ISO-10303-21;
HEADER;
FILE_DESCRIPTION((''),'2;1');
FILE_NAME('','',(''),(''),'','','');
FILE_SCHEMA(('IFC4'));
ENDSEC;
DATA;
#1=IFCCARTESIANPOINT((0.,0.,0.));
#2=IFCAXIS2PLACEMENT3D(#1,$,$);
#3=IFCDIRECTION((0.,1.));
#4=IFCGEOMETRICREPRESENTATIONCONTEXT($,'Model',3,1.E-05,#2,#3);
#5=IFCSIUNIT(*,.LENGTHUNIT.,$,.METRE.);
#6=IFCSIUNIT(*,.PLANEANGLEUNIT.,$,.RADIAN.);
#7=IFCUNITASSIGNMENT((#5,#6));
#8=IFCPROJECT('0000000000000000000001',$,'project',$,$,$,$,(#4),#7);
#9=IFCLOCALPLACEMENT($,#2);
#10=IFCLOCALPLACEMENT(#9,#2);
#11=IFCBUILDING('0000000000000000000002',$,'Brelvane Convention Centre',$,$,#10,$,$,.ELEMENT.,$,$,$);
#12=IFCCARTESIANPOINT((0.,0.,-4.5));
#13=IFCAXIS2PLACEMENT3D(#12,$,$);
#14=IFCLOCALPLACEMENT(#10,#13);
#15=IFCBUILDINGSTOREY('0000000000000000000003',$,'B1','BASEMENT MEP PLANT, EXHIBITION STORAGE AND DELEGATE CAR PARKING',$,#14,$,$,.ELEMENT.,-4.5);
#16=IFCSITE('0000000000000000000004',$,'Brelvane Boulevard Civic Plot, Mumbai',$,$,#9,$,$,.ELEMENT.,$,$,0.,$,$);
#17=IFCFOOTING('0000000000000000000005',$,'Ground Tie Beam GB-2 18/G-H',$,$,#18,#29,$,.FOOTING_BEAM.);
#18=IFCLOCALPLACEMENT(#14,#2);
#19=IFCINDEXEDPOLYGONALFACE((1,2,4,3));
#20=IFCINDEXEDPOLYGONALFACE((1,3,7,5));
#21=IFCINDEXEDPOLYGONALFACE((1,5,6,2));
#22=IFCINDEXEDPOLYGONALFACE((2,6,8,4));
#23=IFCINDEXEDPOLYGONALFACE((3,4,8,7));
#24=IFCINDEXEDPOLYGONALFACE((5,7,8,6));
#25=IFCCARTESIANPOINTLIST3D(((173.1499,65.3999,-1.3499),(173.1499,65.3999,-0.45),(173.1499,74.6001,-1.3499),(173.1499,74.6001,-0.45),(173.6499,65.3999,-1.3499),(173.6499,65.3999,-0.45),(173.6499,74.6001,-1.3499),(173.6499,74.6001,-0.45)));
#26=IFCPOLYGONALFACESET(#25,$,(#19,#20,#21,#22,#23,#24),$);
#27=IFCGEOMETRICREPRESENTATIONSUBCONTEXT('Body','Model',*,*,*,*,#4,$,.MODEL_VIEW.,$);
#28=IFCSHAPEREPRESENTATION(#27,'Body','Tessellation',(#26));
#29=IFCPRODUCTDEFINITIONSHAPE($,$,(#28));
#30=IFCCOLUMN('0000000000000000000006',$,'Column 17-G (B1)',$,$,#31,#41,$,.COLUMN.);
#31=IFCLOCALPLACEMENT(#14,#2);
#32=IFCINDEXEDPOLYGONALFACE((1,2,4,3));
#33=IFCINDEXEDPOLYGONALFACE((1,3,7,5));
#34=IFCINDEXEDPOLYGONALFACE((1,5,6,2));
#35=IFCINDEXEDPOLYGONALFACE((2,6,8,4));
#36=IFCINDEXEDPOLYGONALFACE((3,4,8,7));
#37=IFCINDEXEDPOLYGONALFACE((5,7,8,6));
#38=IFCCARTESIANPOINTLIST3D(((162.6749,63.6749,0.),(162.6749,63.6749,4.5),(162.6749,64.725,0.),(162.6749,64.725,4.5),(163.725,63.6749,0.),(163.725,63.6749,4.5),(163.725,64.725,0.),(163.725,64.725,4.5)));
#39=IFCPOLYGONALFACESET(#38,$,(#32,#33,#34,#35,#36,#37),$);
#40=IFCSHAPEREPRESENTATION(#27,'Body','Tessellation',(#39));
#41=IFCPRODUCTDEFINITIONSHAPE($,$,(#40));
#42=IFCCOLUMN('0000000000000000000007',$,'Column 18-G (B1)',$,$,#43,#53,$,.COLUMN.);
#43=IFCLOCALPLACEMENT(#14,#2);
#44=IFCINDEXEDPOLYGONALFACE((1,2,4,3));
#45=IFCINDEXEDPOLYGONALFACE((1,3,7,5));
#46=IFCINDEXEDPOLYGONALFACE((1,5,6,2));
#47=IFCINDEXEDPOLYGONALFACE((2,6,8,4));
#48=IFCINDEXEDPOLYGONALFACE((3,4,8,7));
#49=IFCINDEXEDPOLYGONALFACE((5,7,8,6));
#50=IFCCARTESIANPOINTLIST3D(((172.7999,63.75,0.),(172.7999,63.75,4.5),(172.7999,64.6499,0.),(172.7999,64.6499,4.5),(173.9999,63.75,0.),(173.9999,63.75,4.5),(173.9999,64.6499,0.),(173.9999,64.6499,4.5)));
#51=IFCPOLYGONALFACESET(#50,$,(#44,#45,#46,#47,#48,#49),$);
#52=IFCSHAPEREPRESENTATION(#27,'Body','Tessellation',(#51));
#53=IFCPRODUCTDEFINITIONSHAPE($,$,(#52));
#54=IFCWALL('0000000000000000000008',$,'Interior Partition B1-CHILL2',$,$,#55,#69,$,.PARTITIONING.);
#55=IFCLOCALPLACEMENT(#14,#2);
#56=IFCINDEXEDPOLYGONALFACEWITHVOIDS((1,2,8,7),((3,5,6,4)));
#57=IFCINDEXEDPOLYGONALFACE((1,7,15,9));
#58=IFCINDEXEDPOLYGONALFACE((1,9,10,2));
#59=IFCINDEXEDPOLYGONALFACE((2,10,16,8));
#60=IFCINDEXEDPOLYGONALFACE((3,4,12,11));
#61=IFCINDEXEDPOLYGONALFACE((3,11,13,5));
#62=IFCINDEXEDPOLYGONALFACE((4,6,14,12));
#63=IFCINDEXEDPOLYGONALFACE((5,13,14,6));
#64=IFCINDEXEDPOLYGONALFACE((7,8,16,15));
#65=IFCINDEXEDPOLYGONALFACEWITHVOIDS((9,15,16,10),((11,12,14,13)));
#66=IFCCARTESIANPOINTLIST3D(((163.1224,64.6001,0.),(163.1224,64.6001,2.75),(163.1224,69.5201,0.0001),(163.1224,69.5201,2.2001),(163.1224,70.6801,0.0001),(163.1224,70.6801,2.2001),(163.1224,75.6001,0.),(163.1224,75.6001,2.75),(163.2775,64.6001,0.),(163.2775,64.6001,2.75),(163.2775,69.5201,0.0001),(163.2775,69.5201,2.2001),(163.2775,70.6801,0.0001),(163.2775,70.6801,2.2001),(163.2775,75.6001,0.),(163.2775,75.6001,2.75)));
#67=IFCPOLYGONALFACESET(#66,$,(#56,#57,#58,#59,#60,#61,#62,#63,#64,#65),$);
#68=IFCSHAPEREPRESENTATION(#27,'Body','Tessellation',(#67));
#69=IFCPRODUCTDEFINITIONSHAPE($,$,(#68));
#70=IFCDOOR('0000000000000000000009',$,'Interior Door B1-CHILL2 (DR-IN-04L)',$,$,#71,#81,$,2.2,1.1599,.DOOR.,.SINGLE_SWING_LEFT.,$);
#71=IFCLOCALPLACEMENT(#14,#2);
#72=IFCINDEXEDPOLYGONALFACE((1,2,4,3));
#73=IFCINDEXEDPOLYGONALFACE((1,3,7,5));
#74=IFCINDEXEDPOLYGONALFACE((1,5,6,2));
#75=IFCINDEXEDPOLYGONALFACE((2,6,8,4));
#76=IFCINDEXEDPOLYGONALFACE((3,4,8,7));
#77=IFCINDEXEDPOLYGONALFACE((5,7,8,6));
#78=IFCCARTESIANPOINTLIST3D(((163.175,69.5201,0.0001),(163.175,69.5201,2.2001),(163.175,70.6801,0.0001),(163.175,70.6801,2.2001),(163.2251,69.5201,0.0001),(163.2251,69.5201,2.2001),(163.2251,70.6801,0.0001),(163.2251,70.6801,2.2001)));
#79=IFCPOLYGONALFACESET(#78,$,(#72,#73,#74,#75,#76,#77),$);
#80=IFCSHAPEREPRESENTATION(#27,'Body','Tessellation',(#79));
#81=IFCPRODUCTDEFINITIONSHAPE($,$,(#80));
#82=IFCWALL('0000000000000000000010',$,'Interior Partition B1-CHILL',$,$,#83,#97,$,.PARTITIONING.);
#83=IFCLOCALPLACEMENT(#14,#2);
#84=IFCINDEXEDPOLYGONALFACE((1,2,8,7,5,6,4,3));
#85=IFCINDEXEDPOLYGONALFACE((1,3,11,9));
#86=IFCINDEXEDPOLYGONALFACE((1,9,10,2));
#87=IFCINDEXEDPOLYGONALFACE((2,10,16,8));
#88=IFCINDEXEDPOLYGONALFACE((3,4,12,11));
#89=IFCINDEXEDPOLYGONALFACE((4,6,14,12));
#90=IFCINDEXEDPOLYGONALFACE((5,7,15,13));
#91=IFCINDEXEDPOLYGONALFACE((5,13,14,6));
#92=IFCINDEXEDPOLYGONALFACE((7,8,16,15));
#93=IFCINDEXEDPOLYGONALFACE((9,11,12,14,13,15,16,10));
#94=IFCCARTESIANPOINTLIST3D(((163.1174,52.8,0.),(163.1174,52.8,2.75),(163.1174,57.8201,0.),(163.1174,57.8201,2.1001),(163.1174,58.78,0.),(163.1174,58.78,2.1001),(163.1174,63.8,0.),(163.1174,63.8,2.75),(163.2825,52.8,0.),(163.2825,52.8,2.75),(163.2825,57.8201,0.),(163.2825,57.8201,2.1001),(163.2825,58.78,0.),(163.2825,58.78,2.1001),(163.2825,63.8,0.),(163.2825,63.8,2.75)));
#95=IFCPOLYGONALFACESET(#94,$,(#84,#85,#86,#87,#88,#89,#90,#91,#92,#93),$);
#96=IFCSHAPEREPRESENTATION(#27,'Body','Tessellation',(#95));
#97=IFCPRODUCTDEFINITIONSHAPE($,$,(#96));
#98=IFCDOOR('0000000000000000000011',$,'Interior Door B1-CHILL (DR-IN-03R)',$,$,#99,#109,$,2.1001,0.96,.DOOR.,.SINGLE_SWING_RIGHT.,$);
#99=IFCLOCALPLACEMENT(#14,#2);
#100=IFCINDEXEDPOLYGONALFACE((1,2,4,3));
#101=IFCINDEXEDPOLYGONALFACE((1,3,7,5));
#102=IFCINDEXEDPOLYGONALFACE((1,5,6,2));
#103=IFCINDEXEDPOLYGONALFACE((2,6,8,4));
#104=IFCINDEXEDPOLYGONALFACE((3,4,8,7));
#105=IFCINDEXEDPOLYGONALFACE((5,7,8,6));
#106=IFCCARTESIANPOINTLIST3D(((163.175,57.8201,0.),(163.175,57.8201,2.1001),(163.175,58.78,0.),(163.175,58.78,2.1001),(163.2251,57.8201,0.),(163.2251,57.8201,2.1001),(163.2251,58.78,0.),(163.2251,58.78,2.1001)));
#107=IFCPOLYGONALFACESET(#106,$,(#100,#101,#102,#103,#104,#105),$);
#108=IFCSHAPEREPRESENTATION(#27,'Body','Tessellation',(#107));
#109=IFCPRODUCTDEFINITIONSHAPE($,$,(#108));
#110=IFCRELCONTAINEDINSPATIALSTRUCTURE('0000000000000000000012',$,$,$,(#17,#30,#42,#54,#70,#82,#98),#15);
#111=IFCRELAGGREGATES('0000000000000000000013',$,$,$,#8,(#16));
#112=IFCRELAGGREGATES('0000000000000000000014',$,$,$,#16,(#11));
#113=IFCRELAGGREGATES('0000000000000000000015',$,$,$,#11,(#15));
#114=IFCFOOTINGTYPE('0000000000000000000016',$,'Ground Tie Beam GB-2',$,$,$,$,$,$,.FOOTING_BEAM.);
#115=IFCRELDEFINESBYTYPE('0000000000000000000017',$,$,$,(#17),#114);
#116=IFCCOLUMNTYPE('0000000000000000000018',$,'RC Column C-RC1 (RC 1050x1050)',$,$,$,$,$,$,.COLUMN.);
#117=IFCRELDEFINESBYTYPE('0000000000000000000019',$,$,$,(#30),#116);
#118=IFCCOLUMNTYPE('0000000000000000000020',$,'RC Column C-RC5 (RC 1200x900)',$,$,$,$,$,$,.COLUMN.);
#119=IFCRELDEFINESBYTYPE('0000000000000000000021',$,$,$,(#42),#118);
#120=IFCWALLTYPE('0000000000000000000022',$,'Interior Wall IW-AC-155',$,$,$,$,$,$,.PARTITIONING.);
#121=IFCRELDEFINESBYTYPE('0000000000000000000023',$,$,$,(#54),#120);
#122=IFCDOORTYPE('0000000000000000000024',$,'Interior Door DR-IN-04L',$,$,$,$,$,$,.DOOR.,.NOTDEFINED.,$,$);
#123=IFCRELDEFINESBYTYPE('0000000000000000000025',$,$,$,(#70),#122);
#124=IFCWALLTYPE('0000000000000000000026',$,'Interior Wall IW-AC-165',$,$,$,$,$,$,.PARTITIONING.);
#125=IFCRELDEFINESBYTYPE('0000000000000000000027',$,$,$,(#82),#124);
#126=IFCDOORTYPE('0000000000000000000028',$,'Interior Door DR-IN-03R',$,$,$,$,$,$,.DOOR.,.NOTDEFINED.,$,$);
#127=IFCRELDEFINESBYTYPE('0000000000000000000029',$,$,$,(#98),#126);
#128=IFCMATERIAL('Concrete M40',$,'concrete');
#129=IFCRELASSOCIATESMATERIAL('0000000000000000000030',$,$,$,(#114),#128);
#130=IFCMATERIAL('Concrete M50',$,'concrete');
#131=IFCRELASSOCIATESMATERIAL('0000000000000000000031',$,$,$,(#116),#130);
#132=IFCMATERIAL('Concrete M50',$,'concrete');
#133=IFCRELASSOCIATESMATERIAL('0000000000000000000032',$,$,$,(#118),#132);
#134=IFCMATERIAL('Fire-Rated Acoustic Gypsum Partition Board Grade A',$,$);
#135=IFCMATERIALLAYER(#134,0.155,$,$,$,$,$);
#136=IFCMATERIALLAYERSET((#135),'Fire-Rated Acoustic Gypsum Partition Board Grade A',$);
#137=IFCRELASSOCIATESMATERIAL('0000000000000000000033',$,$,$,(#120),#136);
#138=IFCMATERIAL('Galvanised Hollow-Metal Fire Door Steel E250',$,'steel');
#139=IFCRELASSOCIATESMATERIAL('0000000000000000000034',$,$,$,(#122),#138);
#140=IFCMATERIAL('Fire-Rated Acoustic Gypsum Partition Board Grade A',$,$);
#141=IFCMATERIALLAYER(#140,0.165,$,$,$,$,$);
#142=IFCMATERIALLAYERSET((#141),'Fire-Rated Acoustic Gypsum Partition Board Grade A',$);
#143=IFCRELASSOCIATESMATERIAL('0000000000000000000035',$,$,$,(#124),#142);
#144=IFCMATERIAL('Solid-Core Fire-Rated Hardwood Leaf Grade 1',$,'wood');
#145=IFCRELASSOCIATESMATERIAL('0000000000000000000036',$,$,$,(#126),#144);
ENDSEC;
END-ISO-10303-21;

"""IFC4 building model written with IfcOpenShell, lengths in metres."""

from ifc_helpers import new_model, si_unit, direction, frame, frame_2d, origin, origin_2d, place, context, subcontext, project, spatial, rectangle, extrude, material, layer, layer_set, material_profile, profile_set, type_object, element, fill, save


model = new_model("IFC4")

# Units and contexts
model_context = context("Model", 3, precision=1e-05, world=origin(), true_north=direction((0.0, 1.0)))
body_context = subcontext(model_context, "Body", "Model", "MODEL_VIEW")
ifc_project = project(units=[si_unit("LENGTHUNIT", "METRE"), si_unit("PLANEANGLEUNIT", "RADIAN")], contexts=[model_context])

# Site, building, storey
site_placement = place(None, origin())
site = spatial("IfcSite", under=ifc_project, at=site_placement, Name="Brelvane Boulevard Civic Plot, Mumbai", CompositionType="ELEMENT", RefElevation=0.0)
building_placement = place(site_placement, origin())
building = spatial("IfcBuilding", under=site, at=building_placement, Name="Brelvane Convention Centre", CompositionType="ELEMENT")
storey_placement = place(building_placement, frame((0.0, 0.0, -4.5)))
storey = spatial("IfcBuildingStorey", under=building, at=storey_placement, Name="B1", Description="BASEMENT MEP PLANT, EXHIBITION STORAGE AND DELEGATE CAR PARKING", CompositionType="ELEMENT", Elevation=-4.5)

# Footing
ifc_material_1 = material(Name="Concrete M40", Category="concrete")
ifc_material_profile_1 = material_profile(ifc_material_1, rectangle(XDim=0.5, YDim=0.8999, at=origin_2d()), Name="RC 500x900")
ifc_profile_set_1 = profile_set([ifc_material_profile_1], Name="Concrete M40")
footing_type_1 = type_object("IfcFootingType", Name="Ground Tie Beam GB-2", PredefinedType="FOOTING_BEAM", material=ifc_profile_set_1)
footing_1_placement = place(storey_placement, frame((173.3999, 65.3999, -0.8999), z_axis=(0.0, 1.0, 0.0), x_axis=(-1.0, 0.0, 0.0)))
element("IfcFooting", 1, at=footing_1_placement, inside=storey, type_object=footing_type_1, Name="Ground Tie Beam GB-2 18/G-H", PredefinedType="FOOTING_BEAM", context=body_context, shape_type="SweptSolid", body=[
    extrude(rectangle(XDim=0.5, YDim=0.8999, at=origin_2d()), origin(), (0.0, 0.0, 1.0), 9.2002),
])

# Columns
ifc_material_2 = material(Name="Concrete M50", Category="concrete")
ifc_material_profile_2 = material_profile(ifc_material_2, rectangle(XDim=1.05, YDim=1.05, at=origin_2d()), Name="RC 1050x1050")
ifc_profile_set_2 = profile_set([ifc_material_profile_2], Name="Concrete M50")
column_type_1 = type_object("IfcColumnType", Name="RC Column C-RC1 (RC 1050x1050)", PredefinedType="COLUMN", material=ifc_profile_set_2)
column_1_placement = place(storey_placement, frame((163.2, 64.2, 0.0), z_axis=(0.0, 0.0, 1.0), x_axis=(1.0, 0.0, 0.0)))
element("IfcColumn", 2, at=column_1_placement, inside=storey, type_object=column_type_1, Name="Column 17-G (B1)", PredefinedType="COLUMN", context=body_context, shape_type="SweptSolid", body=[
    extrude(rectangle(XDim=1.05, YDim=1.05, at=origin_2d()), origin(), (0.0, 0.0, 1.0), 4.5),
])
ifc_material_3 = material(Name="Concrete M50", Category="concrete")
ifc_material_profile_3 = material_profile(ifc_material_3, rectangle(XDim=1.2, YDim=0.8999, at=origin_2d()), Name="RC 1200x900")
ifc_profile_set_3 = profile_set([ifc_material_profile_3], Name="Concrete M50")
column_type_2 = type_object("IfcColumnType", Name="RC Column C-RC5 (RC 1200x900)", PredefinedType="COLUMN", material=ifc_profile_set_3)
column_2_placement = place(storey_placement, frame((173.3999, 64.2, 0.0), z_axis=(0.0, 0.0, 1.0), x_axis=(1.0, 0.0, 0.0)))
element("IfcColumn", 3, at=column_2_placement, inside=storey, type_object=column_type_2, Name="Column 18-G (B1)", PredefinedType="COLUMN", context=body_context, shape_type="SweptSolid", body=[
    extrude(rectangle(XDim=1.2, YDim=0.8999, at=origin_2d()), origin(), (0.0, 0.0, 1.0), 4.5),
])

# Walls, openings, doors
ifc_material_4 = material(Name="Fire-Rated Acoustic Gypsum Partition Board Grade A")
ifc_layer_1 = layer(ifc_material_4, 0.155)
ifc_layer_set_1 = layer_set([ifc_layer_1], Name="Fire-Rated Acoustic Gypsum Partition Board Grade A")
wall_type_1 = type_object("IfcWallType", Name="Interior Wall IW-AC-155", PredefinedType="PARTITIONING", material=ifc_layer_set_1)
wall_1_placement = place(storey_placement, frame((163.2, 64.6001, 0.0), z_axis=(0.0, 0.0, 1.0), x_axis=(0.0, 1.0, 0.0)))
wall_1 = element("IfcWall", 4, at=wall_1_placement, inside=storey, type_object=wall_type_1, Name="Interior Partition B1-CHILL2", PredefinedType="PARTITIONING", context=body_context, shape_type="SweptSolid", body=[
    extrude(rectangle(XDim=11.0, YDim=0.155, at=frame_2d((5.5, 0.0))), origin(), (0.0, 0.0, 1.0), 2.75),
])
opening_1_placement = place(wall_1_placement, frame((4.9199, 0.0, 0.0)))
opening_1 = element("IfcOpeningElement", 5, at=opening_1_placement, cuts=wall_1, PredefinedType="OPENING", context=body_context, shape_type="SweptSolid", body=[
    extrude(rectangle(XDim=1.1599, YDim=2.2, at=frame_2d((0.5801, 1.1001))), frame((0.0, 0.0874, 0.0), z_axis=(0.0, -1.0, 0.0), x_axis=(1.0, 0.0, 0.0)), (0.0, 0.0, 1.0), 0.175),
])
ifc_material_5 = material(Name="Galvanised Hollow-Metal Fire Door Steel E250", Category="steel")
door_type_1 = type_object("IfcDoorType", Name="Interior Door DR-IN-04L", OperationType="NOTDEFINED", PredefinedType="DOOR", material=ifc_material_5)
door_1_placement = place(opening_1_placement, origin())
door_1 = element("IfcDoor", 6, at=door_1_placement, inside=storey, type_object=door_type_1, Name="Interior Door B1-CHILL2 (DR-IN-04L)", OperationType="SINGLE_SWING_LEFT", OverallHeight=2.2, OverallWidth=1.1599, PredefinedType="DOOR", context=body_context, shape_type="SweptSolid", body=[
    extrude(rectangle(XDim=1.1599, YDim=2.2, at=frame_2d((0.5801, 1.1001))), frame((0.0, 0.0249, 0.0), z_axis=(0.0, -1.0, 0.0), x_axis=(1.0, 0.0, 0.0)), (0.0, 0.0, 1.0), 0.05),
])
fill(opening_1, door_1)
ifc_material_6 = material(Name="Fire-Rated Acoustic Gypsum Partition Board Grade A")
ifc_layer_2 = layer(ifc_material_6, 0.165)
ifc_layer_set_2 = layer_set([ifc_layer_2], Name="Fire-Rated Acoustic Gypsum Partition Board Grade A")
wall_type_2 = type_object("IfcWallType", Name="Interior Wall IW-AC-165", PredefinedType="PARTITIONING", material=ifc_layer_set_2)
wall_2_placement = place(storey_placement, frame((163.2, 52.8, 0.0), z_axis=(0.0, 0.0, 1.0), x_axis=(0.0, 1.0, 0.0)))
wall_2 = element("IfcWall", 7, at=wall_2_placement, inside=storey, type_object=wall_type_2, Name="Interior Partition B1-CHILL", PredefinedType="PARTITIONING", context=body_context, shape_type="SweptSolid", body=[
    extrude(rectangle(XDim=11.0, YDim=0.165, at=frame_2d((5.5, 0.0))), origin(), (0.0, 0.0, 1.0), 2.75),
])
opening_2_placement = place(wall_2_placement, frame((5.02, 0.0, 0.0)))
opening_2 = element("IfcOpeningElement", 8, at=opening_2_placement, cuts=wall_2, PredefinedType="OPENING", context=body_context, shape_type="SweptSolid", body=[
    extrude(rectangle(XDim=0.96, YDim=2.1001, at=frame_2d((0.48, 1.05))), frame((0.0, 0.0925, 0.0), z_axis=(0.0, -1.0, 0.0), x_axis=(1.0, 0.0, 0.0)), (0.0, 0.0, 1.0), 0.1851),
])
ifc_material_7 = material(Name="Solid-Core Fire-Rated Hardwood Leaf Grade 1", Category="wood")
door_type_2 = type_object("IfcDoorType", Name="Interior Door DR-IN-03R", OperationType="NOTDEFINED", PredefinedType="DOOR", material=ifc_material_7)
door_2_placement = place(opening_2_placement, origin())
door_2 = element("IfcDoor", 9, at=door_2_placement, inside=storey, type_object=door_type_2, Name="Interior Door B1-CHILL (DR-IN-03R)", OperationType="SINGLE_SWING_RIGHT", OverallHeight=2.1001, OverallWidth=0.96, PredefinedType="DOOR", context=body_context, shape_type="SweptSolid", body=[
    extrude(rectangle(XDim=0.96, YDim=2.1001, at=frame_2d((0.48, 1.05))), frame((0.0, 0.0249, 0.0), z_axis=(0.0, -1.0, 0.0), x_axis=(1.0, 0.0, 0.0)), (0.0, 0.0, 1.0), 0.05),
])
fill(opening_2, door_2)

save(model, "model.ifc")
